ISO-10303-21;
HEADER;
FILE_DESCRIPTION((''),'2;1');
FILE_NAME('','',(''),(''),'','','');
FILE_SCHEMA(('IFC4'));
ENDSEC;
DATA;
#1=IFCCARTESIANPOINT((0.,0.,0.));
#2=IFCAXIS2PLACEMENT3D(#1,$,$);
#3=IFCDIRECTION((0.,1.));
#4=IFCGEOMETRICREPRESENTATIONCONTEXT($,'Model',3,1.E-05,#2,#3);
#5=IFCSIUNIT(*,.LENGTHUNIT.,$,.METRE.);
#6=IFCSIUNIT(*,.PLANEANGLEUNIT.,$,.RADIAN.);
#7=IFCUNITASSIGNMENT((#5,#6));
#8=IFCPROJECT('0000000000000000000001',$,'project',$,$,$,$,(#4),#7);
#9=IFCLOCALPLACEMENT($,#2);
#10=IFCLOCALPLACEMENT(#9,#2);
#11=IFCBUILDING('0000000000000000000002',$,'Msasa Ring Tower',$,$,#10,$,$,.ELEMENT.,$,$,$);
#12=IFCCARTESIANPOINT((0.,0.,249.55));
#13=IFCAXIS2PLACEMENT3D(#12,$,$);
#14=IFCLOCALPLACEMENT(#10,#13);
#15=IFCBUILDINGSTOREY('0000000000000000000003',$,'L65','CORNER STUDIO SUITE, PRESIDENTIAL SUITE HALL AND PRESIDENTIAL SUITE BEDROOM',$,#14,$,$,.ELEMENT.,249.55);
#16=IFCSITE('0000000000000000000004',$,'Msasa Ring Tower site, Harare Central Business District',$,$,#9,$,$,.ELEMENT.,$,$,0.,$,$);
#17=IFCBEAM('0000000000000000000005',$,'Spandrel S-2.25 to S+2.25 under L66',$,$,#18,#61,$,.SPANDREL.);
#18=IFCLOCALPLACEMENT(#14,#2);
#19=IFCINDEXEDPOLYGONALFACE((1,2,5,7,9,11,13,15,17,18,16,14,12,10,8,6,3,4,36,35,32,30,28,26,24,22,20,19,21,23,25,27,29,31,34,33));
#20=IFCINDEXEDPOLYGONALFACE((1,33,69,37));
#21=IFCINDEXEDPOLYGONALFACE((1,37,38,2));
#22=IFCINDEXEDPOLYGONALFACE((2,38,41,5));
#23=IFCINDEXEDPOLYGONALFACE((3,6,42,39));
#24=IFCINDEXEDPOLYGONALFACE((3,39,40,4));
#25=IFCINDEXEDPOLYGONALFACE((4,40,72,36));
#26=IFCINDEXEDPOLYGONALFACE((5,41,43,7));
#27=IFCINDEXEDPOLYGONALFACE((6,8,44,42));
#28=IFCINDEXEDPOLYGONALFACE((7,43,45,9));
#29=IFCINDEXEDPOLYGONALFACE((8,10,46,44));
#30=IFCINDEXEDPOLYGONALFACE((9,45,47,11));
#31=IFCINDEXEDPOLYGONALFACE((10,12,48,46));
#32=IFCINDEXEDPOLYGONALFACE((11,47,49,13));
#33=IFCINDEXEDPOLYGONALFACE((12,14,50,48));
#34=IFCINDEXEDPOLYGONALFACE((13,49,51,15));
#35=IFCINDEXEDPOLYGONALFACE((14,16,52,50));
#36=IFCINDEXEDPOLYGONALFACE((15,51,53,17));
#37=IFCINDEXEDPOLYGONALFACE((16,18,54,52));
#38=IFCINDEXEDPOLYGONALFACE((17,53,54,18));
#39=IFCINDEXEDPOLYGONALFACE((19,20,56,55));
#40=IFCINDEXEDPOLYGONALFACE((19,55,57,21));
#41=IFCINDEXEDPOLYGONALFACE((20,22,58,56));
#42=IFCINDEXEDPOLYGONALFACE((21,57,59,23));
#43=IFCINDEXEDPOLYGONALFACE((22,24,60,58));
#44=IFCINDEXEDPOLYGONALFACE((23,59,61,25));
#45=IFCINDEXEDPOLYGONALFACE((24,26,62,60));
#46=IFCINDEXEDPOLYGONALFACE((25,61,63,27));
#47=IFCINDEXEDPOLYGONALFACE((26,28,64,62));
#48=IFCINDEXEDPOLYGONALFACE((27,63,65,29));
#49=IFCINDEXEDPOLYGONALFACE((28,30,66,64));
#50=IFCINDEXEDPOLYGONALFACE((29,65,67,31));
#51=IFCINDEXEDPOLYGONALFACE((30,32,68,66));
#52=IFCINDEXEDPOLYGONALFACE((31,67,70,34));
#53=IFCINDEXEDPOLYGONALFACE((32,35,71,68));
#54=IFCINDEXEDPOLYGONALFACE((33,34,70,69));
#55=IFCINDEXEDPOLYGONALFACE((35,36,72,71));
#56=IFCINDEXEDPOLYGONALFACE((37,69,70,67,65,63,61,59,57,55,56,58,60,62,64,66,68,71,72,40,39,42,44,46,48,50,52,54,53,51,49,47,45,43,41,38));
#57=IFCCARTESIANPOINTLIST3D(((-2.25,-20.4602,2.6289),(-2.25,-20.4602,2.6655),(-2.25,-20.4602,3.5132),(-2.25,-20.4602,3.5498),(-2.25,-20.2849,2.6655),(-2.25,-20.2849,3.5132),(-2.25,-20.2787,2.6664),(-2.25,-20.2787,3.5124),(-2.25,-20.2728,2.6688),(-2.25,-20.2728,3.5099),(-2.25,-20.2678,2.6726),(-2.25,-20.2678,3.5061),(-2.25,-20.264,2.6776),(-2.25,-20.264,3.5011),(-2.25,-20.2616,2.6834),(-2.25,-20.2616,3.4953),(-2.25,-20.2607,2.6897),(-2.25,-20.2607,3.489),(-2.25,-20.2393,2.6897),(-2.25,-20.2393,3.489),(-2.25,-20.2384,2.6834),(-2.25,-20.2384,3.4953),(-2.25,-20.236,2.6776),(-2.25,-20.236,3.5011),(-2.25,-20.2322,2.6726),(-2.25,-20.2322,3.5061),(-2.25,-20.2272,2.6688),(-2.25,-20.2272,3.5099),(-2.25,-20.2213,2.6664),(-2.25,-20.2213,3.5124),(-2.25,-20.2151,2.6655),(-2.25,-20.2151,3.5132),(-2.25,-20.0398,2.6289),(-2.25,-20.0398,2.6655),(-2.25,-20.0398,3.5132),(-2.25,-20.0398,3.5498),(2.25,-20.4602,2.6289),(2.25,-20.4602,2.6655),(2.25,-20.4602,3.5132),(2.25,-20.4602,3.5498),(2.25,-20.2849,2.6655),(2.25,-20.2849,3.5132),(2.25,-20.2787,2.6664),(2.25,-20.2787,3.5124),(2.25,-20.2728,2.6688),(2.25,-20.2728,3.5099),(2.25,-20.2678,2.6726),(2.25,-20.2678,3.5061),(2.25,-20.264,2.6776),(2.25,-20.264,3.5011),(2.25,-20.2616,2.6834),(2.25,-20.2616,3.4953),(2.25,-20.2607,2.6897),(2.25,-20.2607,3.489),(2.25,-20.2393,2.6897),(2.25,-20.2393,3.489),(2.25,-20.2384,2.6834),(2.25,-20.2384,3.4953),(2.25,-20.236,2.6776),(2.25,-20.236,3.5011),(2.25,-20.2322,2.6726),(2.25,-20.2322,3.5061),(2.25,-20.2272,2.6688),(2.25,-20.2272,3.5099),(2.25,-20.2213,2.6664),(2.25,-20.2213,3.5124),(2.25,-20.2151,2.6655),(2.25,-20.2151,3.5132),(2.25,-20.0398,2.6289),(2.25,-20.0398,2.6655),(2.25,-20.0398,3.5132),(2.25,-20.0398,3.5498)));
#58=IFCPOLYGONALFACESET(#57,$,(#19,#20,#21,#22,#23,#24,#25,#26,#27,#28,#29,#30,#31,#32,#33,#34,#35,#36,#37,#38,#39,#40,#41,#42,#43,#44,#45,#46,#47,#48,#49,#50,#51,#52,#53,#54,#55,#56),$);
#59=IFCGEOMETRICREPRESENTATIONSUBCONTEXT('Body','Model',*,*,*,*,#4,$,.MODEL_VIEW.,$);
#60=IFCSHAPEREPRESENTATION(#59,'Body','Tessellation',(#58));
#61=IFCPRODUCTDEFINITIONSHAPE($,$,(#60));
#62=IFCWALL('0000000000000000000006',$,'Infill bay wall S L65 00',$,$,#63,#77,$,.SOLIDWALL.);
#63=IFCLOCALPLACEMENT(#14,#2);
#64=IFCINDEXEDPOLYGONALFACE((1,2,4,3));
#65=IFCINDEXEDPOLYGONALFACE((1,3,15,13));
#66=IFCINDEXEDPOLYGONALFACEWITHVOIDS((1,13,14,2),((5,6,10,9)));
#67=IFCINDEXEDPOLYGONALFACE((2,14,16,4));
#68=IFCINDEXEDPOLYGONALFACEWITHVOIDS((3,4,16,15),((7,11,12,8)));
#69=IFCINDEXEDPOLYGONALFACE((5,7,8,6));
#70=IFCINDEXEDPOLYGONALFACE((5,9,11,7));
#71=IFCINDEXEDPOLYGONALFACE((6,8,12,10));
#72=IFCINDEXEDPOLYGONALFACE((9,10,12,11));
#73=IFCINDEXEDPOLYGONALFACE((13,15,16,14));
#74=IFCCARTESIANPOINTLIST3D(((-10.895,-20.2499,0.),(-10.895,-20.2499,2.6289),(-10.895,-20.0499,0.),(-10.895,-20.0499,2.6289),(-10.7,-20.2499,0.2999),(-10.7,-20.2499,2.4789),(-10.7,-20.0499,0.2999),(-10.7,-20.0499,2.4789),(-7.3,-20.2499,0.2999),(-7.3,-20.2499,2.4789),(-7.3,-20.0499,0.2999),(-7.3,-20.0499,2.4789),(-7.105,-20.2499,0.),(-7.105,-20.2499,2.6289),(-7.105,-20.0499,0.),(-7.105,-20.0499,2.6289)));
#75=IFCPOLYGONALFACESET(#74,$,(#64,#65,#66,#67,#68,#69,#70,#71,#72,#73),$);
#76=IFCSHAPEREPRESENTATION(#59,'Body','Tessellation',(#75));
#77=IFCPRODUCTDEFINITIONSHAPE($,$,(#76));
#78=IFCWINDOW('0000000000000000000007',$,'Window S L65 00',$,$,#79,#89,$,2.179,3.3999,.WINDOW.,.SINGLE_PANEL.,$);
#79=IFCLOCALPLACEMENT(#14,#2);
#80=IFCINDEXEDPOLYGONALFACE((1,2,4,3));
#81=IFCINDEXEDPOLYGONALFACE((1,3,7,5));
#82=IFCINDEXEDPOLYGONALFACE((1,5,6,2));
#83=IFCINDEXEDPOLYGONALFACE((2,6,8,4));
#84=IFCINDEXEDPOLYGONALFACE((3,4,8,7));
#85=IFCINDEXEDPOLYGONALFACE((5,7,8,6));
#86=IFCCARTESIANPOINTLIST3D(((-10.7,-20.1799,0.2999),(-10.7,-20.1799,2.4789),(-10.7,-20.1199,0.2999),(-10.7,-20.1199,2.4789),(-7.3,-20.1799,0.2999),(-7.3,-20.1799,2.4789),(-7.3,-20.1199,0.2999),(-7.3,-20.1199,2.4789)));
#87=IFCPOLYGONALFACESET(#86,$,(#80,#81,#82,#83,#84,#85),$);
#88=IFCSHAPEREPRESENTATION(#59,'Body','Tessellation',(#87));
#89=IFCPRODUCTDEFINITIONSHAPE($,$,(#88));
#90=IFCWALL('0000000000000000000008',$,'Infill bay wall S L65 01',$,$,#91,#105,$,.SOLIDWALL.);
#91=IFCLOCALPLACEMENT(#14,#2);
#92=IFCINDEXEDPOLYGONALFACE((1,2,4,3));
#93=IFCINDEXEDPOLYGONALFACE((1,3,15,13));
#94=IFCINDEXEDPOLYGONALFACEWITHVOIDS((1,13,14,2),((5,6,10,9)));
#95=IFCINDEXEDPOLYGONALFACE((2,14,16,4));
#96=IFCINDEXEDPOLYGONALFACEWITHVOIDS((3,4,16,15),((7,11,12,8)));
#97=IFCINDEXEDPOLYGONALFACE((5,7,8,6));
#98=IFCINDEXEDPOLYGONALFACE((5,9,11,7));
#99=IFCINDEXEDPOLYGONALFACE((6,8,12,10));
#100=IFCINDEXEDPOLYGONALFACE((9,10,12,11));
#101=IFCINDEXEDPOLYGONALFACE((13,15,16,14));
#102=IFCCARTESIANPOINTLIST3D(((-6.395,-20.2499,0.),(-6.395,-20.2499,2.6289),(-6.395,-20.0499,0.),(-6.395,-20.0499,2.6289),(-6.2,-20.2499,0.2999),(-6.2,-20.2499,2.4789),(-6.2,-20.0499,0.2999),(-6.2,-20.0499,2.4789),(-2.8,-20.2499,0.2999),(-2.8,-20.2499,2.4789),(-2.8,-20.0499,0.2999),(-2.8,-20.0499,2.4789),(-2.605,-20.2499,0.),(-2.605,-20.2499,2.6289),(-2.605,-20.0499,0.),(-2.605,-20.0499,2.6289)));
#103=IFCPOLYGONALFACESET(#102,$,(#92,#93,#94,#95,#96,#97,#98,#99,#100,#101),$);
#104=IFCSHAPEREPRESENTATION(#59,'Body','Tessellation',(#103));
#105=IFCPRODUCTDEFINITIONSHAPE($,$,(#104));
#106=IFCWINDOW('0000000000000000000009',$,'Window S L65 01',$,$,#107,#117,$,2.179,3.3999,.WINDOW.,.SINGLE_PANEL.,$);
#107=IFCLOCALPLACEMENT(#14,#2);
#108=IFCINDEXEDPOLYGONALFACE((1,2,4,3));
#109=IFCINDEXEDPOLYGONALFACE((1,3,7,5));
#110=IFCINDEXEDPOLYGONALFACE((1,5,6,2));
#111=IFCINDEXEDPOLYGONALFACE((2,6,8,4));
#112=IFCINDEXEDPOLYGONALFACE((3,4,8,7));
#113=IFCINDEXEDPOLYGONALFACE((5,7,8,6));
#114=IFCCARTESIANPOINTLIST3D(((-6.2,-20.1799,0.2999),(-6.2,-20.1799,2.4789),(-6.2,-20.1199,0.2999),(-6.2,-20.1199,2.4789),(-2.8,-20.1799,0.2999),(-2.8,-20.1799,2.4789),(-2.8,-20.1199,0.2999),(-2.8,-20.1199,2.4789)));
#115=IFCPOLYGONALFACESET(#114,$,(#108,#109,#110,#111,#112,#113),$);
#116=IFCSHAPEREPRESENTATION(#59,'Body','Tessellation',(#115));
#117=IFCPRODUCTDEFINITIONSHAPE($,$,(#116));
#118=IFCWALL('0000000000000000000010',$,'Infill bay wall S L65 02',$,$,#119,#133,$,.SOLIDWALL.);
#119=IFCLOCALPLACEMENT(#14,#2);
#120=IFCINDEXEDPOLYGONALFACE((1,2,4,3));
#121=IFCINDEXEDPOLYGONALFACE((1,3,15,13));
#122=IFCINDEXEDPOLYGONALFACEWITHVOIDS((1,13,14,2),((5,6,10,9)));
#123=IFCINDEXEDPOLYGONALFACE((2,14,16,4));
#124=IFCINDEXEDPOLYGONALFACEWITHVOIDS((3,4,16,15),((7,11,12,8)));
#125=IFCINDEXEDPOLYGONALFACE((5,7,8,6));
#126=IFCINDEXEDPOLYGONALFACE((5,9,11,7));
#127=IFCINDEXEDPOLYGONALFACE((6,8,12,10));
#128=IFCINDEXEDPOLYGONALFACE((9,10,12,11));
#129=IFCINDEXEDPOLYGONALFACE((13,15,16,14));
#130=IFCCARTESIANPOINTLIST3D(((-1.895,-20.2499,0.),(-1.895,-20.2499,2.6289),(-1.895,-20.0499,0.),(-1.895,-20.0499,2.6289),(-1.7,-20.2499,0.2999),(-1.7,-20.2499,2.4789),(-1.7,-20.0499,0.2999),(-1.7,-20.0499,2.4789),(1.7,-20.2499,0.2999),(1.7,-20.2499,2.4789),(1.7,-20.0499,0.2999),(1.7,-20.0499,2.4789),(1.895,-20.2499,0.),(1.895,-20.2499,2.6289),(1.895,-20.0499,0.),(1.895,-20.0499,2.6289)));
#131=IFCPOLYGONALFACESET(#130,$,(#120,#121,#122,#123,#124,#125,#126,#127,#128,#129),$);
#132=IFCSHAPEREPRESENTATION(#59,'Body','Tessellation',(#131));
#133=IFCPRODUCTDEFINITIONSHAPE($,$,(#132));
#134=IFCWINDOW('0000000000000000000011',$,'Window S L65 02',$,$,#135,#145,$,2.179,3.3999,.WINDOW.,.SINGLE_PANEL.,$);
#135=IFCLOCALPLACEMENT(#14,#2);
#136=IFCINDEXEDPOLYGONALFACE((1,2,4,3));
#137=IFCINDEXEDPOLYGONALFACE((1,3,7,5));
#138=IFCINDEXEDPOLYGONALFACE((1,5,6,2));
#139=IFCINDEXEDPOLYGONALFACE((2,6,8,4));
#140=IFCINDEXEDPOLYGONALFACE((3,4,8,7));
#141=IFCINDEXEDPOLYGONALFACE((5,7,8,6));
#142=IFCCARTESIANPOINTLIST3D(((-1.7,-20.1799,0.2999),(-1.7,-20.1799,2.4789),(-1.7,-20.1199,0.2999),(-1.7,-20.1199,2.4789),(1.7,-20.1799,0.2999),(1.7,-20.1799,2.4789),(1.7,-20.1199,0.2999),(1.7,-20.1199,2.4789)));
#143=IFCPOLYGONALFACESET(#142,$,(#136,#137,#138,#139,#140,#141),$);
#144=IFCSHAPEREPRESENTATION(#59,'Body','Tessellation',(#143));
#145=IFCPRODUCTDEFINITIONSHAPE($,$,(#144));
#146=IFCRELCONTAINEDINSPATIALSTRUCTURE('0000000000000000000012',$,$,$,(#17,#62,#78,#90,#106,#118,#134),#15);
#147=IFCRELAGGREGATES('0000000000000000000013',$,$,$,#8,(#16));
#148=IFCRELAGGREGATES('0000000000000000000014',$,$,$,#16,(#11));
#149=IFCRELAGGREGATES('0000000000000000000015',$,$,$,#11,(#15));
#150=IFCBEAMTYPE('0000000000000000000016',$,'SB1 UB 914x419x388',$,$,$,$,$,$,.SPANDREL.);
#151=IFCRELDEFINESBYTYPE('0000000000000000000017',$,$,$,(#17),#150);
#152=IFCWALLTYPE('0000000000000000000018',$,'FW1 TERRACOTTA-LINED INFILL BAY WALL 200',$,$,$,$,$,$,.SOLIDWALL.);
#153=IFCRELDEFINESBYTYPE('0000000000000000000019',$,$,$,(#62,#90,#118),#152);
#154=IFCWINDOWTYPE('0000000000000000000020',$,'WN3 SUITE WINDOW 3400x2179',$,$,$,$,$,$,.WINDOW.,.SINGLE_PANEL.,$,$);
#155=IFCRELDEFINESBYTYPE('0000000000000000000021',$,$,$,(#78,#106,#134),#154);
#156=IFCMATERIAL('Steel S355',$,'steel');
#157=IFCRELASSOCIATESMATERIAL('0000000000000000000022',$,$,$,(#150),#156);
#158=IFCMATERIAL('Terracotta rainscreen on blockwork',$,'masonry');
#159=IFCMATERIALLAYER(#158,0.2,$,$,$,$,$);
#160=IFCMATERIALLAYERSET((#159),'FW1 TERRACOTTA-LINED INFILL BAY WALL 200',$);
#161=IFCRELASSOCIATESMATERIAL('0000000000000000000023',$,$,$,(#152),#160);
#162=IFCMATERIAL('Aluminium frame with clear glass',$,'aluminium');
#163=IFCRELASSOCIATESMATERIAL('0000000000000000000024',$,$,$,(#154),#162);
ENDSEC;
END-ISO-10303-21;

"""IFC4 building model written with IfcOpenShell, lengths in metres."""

from ifc_helpers import new_model, si_unit, direction, frame, frame_2d, origin, origin_2d, place, context, subcontext, project, spatial, rectangle, i_section, extrude, material, layer, layer_set, material_profile, profile_set, type_object, element, fill, save


model = new_model("IFC4")

# Units and contexts
model_context = context("Model", 3, precision=1e-05, world=origin(), true_north=direction((0.0, 1.0)))
body_context = subcontext(model_context, "Body", "Model", "MODEL_VIEW")
ifc_project = project(units=[si_unit("LENGTHUNIT", "METRE"), si_unit("PLANEANGLEUNIT", "RADIAN")], contexts=[model_context])

# Site, building, storey
site_placement = place(None, origin())
site = spatial("IfcSite", under=ifc_project, at=site_placement, Name="Msasa Ring Tower site, Harare Central Business District", CompositionType="ELEMENT", RefElevation=0.0)
building_placement = place(site_placement, origin())
building = spatial("IfcBuilding", under=site, at=building_placement, Name="Msasa Ring Tower", CompositionType="ELEMENT")
storey_placement = place(building_placement, frame((0.0, 0.0, 249.55)))
storey = spatial("IfcBuildingStorey", under=building, at=storey_placement, Name="L65", Description="CORNER STUDIO SUITE, PRESIDENTIAL SUITE HALL AND PRESIDENTIAL SUITE BEDROOM", CompositionType="ELEMENT", Elevation=249.55)

# Beam
ifc_material_1 = material(Name="Steel S355", Category="steel")
ifc_material_profile_1 = material_profile(ifc_material_1, i_section(OverallWidth=0.4204, OverallDepth=0.9209, WebThickness=0.0215, FlangeThickness=0.0366, FilletRadius=0.0242, at=origin_2d()), Name="UB 914x419x388")
ifc_profile_set_1 = profile_set([ifc_material_profile_1], Name="Steel S355")
beam_type_1 = type_object("IfcBeamType", Name="SB1 UB 914x419x388", PredefinedType="SPANDREL", material=ifc_profile_set_1)
for number, where, z_axis, x_axis, name in (
    (1, (-2.25, -20.25, 3.0894), (1.0, 0.0, 0.0), (0.0, 1.0, 0.0), "Spandrel S-2.25 to S+2.25 under L66"),
):
    element("IfcBeam", number, at=place(storey_placement, frame(where, z_axis=z_axis, x_axis=x_axis)), inside=storey, type_object=beam_type_1, Name=name, PredefinedType="SPANDREL", context=body_context, shape_type="SweptSolid", body=[
        extrude(i_section(OverallWidth=0.4204, OverallDepth=0.9209, WebThickness=0.0215, FlangeThickness=0.0366, FilletRadius=0.0242, at=origin_2d()), origin(), (0.0, 0.0, 1.0), 4.5),
    ])

# Walls, openings, windows
ifc_material_2 = material(Name="Terracotta rainscreen on blockwork", Category="masonry")
ifc_layer_1 = layer(ifc_material_2, 0.2)
ifc_layer_set_1 = layer_set([ifc_layer_1], Name="FW1 TERRACOTTA-LINED INFILL BAY WALL 200")
wall_type_1 = type_object("IfcWallType", Name="FW1 TERRACOTTA-LINED INFILL BAY WALL 200", PredefinedType="SOLIDWALL", material=ifc_layer_set_1)
wall_1_placement = place(storey_placement, frame((-10.895, -20.1499, 0.0), z_axis=(0.0, 0.0, 1.0), x_axis=(1.0, 0.0, 0.0)))
wall_1 = element("IfcWall", 2, at=wall_1_placement, inside=storey, type_object=wall_type_1, Name="Infill bay wall S L65 00", PredefinedType="SOLIDWALL", context=body_context, shape_type="SweptSolid", body=[
    extrude(rectangle(XDim=3.79, YDim=0.2, at=frame_2d((1.895, 0.0))), origin(), (0.0, 0.0, 1.0), 2.6289),
])
opening_1_placement = place(wall_1_placement, frame((0.1951, 0.0, 0.3)))
opening_1 = element("IfcOpeningElement", 3, at=opening_1_placement, cuts=wall_1, PredefinedType="OPENING", context=body_context, shape_type="SweptSolid", body=[
    extrude(rectangle(XDim=3.3999, YDim=2.179, at=frame_2d((1.7, 1.0894))), frame((0.0, 0.1099, 0.0), z_axis=(0.0, -1.0, 0.0), x_axis=(1.0, 0.0, 0.0)), (0.0, 0.0, 1.0), 0.22),
])
ifc_material_3 = material(Name="Aluminium frame with clear glass", Category="aluminium")
window_type = type_object("IfcWindowType", Name="WN3 SUITE WINDOW 3400x2179", PartitioningType="SINGLE_PANEL", PredefinedType="WINDOW", material=ifc_material_3)
window_1_placement = place(opening_1_placement, origin())
window_1 = element("IfcWindow", 4, at=window_1_placement, inside=storey, type_object=window_type, Name="Window S L65 00", OverallHeight=2.179, OverallWidth=3.3999, PartitioningType="SINGLE_PANEL", PredefinedType="WINDOW", context=body_context, shape_type="SweptSolid", body=[
    extrude(rectangle(XDim=3.3999, YDim=2.179, at=frame_2d((1.7, 1.0894))), frame((0.0, 0.03, 0.0), z_axis=(0.0, -1.0, 0.0), x_axis=(1.0, 0.0, 0.0)), (0.0, 0.0, 1.0), 0.0601),
])
fill(opening_1, window_1)
wall_2_placement = place(storey_placement, frame((-6.395, -20.1499, 0.0), z_axis=(0.0, 0.0, 1.0), x_axis=(1.0, 0.0, 0.0)))
wall_2 = element("IfcWall", 5, at=wall_2_placement, inside=storey, type_object=wall_type_1, Name="Infill bay wall S L65 01", PredefinedType="SOLIDWALL", context=body_context, shape_type="SweptSolid", body=[
    extrude(rectangle(XDim=3.79, YDim=0.2, at=frame_2d((1.895, 0.0))), origin(), (0.0, 0.0, 1.0), 2.6289),
])
opening_2_placement = place(wall_2_placement, frame((0.1951, 0.0, 0.3)))
opening_2 = element("IfcOpeningElement", 6, at=opening_2_placement, cuts=wall_2, PredefinedType="OPENING", context=body_context, shape_type="SweptSolid", body=[
    extrude(rectangle(XDim=3.3999, YDim=2.179, at=frame_2d((1.7, 1.0894))), frame((0.0, 0.1099, 0.0), z_axis=(0.0, -1.0, 0.0), x_axis=(1.0, 0.0, 0.0)), (0.0, 0.0, 1.0), 0.22),
])
window_2_placement = place(opening_2_placement, origin())
window_2 = element("IfcWindow", 7, at=window_2_placement, inside=storey, type_object=window_type, Name="Window S L65 01", OverallHeight=2.179, OverallWidth=3.3999, PartitioningType="SINGLE_PANEL", PredefinedType="WINDOW", context=body_context, shape_type="SweptSolid", body=[
    extrude(rectangle(XDim=3.3999, YDim=2.179, at=frame_2d((1.7, 1.0894))), frame((0.0, 0.03, 0.0), z_axis=(0.0, -1.0, 0.0), x_axis=(1.0, 0.0, 0.0)), (0.0, 0.0, 1.0), 0.0601),
])
fill(opening_2, window_2)
wall_3_placement = place(storey_placement, frame((-1.895, -20.1499, 0.0), z_axis=(0.0, 0.0, 1.0), x_axis=(1.0, 0.0, 0.0)))
wall_3 = element("IfcWall", 8, at=wall_3_placement, inside=storey, type_object=wall_type_1, Name="Infill bay wall S L65 02", PredefinedType="SOLIDWALL", context=body_context, shape_type="SweptSolid", body=[
    extrude(rectangle(XDim=3.79, YDim=0.2, at=frame_2d((1.895, 0.0))), origin(), (0.0, 0.0, 1.0), 2.6289),
])
opening_3_placement = place(wall_3_placement, frame((0.1951, 0.0, 0.3)))
opening_3 = element("IfcOpeningElement", 9, at=opening_3_placement, cuts=wall_3, PredefinedType="OPENING", context=body_context, shape_type="SweptSolid", body=[
    extrude(rectangle(XDim=3.3999, YDim=2.179, at=frame_2d((1.7, 1.0894))), frame((0.0, 0.1099, 0.0), z_axis=(0.0, -1.0, 0.0), x_axis=(1.0, 0.0, 0.0)), (0.0, 0.0, 1.0), 0.22),
])
window_3_placement = place(opening_3_placement, origin())
window_3 = element("IfcWindow", 10, at=window_3_placement, inside=storey, type_object=window_type, Name="Window S L65 02", OverallHeight=2.179, OverallWidth=3.3999, PartitioningType="SINGLE_PANEL", PredefinedType="WINDOW", context=body_context, shape_type="SweptSolid", body=[
    extrude(rectangle(XDim=3.3999, YDim=2.179, at=frame_2d((1.7, 1.0894))), frame((0.0, 0.03, 0.0), z_axis=(0.0, -1.0, 0.0), x_axis=(1.0, 0.0, 0.0)), (0.0, 0.0, 1.0), 0.0601),
])
fill(opening_3, window_3)

save(model, "model.ifc")
